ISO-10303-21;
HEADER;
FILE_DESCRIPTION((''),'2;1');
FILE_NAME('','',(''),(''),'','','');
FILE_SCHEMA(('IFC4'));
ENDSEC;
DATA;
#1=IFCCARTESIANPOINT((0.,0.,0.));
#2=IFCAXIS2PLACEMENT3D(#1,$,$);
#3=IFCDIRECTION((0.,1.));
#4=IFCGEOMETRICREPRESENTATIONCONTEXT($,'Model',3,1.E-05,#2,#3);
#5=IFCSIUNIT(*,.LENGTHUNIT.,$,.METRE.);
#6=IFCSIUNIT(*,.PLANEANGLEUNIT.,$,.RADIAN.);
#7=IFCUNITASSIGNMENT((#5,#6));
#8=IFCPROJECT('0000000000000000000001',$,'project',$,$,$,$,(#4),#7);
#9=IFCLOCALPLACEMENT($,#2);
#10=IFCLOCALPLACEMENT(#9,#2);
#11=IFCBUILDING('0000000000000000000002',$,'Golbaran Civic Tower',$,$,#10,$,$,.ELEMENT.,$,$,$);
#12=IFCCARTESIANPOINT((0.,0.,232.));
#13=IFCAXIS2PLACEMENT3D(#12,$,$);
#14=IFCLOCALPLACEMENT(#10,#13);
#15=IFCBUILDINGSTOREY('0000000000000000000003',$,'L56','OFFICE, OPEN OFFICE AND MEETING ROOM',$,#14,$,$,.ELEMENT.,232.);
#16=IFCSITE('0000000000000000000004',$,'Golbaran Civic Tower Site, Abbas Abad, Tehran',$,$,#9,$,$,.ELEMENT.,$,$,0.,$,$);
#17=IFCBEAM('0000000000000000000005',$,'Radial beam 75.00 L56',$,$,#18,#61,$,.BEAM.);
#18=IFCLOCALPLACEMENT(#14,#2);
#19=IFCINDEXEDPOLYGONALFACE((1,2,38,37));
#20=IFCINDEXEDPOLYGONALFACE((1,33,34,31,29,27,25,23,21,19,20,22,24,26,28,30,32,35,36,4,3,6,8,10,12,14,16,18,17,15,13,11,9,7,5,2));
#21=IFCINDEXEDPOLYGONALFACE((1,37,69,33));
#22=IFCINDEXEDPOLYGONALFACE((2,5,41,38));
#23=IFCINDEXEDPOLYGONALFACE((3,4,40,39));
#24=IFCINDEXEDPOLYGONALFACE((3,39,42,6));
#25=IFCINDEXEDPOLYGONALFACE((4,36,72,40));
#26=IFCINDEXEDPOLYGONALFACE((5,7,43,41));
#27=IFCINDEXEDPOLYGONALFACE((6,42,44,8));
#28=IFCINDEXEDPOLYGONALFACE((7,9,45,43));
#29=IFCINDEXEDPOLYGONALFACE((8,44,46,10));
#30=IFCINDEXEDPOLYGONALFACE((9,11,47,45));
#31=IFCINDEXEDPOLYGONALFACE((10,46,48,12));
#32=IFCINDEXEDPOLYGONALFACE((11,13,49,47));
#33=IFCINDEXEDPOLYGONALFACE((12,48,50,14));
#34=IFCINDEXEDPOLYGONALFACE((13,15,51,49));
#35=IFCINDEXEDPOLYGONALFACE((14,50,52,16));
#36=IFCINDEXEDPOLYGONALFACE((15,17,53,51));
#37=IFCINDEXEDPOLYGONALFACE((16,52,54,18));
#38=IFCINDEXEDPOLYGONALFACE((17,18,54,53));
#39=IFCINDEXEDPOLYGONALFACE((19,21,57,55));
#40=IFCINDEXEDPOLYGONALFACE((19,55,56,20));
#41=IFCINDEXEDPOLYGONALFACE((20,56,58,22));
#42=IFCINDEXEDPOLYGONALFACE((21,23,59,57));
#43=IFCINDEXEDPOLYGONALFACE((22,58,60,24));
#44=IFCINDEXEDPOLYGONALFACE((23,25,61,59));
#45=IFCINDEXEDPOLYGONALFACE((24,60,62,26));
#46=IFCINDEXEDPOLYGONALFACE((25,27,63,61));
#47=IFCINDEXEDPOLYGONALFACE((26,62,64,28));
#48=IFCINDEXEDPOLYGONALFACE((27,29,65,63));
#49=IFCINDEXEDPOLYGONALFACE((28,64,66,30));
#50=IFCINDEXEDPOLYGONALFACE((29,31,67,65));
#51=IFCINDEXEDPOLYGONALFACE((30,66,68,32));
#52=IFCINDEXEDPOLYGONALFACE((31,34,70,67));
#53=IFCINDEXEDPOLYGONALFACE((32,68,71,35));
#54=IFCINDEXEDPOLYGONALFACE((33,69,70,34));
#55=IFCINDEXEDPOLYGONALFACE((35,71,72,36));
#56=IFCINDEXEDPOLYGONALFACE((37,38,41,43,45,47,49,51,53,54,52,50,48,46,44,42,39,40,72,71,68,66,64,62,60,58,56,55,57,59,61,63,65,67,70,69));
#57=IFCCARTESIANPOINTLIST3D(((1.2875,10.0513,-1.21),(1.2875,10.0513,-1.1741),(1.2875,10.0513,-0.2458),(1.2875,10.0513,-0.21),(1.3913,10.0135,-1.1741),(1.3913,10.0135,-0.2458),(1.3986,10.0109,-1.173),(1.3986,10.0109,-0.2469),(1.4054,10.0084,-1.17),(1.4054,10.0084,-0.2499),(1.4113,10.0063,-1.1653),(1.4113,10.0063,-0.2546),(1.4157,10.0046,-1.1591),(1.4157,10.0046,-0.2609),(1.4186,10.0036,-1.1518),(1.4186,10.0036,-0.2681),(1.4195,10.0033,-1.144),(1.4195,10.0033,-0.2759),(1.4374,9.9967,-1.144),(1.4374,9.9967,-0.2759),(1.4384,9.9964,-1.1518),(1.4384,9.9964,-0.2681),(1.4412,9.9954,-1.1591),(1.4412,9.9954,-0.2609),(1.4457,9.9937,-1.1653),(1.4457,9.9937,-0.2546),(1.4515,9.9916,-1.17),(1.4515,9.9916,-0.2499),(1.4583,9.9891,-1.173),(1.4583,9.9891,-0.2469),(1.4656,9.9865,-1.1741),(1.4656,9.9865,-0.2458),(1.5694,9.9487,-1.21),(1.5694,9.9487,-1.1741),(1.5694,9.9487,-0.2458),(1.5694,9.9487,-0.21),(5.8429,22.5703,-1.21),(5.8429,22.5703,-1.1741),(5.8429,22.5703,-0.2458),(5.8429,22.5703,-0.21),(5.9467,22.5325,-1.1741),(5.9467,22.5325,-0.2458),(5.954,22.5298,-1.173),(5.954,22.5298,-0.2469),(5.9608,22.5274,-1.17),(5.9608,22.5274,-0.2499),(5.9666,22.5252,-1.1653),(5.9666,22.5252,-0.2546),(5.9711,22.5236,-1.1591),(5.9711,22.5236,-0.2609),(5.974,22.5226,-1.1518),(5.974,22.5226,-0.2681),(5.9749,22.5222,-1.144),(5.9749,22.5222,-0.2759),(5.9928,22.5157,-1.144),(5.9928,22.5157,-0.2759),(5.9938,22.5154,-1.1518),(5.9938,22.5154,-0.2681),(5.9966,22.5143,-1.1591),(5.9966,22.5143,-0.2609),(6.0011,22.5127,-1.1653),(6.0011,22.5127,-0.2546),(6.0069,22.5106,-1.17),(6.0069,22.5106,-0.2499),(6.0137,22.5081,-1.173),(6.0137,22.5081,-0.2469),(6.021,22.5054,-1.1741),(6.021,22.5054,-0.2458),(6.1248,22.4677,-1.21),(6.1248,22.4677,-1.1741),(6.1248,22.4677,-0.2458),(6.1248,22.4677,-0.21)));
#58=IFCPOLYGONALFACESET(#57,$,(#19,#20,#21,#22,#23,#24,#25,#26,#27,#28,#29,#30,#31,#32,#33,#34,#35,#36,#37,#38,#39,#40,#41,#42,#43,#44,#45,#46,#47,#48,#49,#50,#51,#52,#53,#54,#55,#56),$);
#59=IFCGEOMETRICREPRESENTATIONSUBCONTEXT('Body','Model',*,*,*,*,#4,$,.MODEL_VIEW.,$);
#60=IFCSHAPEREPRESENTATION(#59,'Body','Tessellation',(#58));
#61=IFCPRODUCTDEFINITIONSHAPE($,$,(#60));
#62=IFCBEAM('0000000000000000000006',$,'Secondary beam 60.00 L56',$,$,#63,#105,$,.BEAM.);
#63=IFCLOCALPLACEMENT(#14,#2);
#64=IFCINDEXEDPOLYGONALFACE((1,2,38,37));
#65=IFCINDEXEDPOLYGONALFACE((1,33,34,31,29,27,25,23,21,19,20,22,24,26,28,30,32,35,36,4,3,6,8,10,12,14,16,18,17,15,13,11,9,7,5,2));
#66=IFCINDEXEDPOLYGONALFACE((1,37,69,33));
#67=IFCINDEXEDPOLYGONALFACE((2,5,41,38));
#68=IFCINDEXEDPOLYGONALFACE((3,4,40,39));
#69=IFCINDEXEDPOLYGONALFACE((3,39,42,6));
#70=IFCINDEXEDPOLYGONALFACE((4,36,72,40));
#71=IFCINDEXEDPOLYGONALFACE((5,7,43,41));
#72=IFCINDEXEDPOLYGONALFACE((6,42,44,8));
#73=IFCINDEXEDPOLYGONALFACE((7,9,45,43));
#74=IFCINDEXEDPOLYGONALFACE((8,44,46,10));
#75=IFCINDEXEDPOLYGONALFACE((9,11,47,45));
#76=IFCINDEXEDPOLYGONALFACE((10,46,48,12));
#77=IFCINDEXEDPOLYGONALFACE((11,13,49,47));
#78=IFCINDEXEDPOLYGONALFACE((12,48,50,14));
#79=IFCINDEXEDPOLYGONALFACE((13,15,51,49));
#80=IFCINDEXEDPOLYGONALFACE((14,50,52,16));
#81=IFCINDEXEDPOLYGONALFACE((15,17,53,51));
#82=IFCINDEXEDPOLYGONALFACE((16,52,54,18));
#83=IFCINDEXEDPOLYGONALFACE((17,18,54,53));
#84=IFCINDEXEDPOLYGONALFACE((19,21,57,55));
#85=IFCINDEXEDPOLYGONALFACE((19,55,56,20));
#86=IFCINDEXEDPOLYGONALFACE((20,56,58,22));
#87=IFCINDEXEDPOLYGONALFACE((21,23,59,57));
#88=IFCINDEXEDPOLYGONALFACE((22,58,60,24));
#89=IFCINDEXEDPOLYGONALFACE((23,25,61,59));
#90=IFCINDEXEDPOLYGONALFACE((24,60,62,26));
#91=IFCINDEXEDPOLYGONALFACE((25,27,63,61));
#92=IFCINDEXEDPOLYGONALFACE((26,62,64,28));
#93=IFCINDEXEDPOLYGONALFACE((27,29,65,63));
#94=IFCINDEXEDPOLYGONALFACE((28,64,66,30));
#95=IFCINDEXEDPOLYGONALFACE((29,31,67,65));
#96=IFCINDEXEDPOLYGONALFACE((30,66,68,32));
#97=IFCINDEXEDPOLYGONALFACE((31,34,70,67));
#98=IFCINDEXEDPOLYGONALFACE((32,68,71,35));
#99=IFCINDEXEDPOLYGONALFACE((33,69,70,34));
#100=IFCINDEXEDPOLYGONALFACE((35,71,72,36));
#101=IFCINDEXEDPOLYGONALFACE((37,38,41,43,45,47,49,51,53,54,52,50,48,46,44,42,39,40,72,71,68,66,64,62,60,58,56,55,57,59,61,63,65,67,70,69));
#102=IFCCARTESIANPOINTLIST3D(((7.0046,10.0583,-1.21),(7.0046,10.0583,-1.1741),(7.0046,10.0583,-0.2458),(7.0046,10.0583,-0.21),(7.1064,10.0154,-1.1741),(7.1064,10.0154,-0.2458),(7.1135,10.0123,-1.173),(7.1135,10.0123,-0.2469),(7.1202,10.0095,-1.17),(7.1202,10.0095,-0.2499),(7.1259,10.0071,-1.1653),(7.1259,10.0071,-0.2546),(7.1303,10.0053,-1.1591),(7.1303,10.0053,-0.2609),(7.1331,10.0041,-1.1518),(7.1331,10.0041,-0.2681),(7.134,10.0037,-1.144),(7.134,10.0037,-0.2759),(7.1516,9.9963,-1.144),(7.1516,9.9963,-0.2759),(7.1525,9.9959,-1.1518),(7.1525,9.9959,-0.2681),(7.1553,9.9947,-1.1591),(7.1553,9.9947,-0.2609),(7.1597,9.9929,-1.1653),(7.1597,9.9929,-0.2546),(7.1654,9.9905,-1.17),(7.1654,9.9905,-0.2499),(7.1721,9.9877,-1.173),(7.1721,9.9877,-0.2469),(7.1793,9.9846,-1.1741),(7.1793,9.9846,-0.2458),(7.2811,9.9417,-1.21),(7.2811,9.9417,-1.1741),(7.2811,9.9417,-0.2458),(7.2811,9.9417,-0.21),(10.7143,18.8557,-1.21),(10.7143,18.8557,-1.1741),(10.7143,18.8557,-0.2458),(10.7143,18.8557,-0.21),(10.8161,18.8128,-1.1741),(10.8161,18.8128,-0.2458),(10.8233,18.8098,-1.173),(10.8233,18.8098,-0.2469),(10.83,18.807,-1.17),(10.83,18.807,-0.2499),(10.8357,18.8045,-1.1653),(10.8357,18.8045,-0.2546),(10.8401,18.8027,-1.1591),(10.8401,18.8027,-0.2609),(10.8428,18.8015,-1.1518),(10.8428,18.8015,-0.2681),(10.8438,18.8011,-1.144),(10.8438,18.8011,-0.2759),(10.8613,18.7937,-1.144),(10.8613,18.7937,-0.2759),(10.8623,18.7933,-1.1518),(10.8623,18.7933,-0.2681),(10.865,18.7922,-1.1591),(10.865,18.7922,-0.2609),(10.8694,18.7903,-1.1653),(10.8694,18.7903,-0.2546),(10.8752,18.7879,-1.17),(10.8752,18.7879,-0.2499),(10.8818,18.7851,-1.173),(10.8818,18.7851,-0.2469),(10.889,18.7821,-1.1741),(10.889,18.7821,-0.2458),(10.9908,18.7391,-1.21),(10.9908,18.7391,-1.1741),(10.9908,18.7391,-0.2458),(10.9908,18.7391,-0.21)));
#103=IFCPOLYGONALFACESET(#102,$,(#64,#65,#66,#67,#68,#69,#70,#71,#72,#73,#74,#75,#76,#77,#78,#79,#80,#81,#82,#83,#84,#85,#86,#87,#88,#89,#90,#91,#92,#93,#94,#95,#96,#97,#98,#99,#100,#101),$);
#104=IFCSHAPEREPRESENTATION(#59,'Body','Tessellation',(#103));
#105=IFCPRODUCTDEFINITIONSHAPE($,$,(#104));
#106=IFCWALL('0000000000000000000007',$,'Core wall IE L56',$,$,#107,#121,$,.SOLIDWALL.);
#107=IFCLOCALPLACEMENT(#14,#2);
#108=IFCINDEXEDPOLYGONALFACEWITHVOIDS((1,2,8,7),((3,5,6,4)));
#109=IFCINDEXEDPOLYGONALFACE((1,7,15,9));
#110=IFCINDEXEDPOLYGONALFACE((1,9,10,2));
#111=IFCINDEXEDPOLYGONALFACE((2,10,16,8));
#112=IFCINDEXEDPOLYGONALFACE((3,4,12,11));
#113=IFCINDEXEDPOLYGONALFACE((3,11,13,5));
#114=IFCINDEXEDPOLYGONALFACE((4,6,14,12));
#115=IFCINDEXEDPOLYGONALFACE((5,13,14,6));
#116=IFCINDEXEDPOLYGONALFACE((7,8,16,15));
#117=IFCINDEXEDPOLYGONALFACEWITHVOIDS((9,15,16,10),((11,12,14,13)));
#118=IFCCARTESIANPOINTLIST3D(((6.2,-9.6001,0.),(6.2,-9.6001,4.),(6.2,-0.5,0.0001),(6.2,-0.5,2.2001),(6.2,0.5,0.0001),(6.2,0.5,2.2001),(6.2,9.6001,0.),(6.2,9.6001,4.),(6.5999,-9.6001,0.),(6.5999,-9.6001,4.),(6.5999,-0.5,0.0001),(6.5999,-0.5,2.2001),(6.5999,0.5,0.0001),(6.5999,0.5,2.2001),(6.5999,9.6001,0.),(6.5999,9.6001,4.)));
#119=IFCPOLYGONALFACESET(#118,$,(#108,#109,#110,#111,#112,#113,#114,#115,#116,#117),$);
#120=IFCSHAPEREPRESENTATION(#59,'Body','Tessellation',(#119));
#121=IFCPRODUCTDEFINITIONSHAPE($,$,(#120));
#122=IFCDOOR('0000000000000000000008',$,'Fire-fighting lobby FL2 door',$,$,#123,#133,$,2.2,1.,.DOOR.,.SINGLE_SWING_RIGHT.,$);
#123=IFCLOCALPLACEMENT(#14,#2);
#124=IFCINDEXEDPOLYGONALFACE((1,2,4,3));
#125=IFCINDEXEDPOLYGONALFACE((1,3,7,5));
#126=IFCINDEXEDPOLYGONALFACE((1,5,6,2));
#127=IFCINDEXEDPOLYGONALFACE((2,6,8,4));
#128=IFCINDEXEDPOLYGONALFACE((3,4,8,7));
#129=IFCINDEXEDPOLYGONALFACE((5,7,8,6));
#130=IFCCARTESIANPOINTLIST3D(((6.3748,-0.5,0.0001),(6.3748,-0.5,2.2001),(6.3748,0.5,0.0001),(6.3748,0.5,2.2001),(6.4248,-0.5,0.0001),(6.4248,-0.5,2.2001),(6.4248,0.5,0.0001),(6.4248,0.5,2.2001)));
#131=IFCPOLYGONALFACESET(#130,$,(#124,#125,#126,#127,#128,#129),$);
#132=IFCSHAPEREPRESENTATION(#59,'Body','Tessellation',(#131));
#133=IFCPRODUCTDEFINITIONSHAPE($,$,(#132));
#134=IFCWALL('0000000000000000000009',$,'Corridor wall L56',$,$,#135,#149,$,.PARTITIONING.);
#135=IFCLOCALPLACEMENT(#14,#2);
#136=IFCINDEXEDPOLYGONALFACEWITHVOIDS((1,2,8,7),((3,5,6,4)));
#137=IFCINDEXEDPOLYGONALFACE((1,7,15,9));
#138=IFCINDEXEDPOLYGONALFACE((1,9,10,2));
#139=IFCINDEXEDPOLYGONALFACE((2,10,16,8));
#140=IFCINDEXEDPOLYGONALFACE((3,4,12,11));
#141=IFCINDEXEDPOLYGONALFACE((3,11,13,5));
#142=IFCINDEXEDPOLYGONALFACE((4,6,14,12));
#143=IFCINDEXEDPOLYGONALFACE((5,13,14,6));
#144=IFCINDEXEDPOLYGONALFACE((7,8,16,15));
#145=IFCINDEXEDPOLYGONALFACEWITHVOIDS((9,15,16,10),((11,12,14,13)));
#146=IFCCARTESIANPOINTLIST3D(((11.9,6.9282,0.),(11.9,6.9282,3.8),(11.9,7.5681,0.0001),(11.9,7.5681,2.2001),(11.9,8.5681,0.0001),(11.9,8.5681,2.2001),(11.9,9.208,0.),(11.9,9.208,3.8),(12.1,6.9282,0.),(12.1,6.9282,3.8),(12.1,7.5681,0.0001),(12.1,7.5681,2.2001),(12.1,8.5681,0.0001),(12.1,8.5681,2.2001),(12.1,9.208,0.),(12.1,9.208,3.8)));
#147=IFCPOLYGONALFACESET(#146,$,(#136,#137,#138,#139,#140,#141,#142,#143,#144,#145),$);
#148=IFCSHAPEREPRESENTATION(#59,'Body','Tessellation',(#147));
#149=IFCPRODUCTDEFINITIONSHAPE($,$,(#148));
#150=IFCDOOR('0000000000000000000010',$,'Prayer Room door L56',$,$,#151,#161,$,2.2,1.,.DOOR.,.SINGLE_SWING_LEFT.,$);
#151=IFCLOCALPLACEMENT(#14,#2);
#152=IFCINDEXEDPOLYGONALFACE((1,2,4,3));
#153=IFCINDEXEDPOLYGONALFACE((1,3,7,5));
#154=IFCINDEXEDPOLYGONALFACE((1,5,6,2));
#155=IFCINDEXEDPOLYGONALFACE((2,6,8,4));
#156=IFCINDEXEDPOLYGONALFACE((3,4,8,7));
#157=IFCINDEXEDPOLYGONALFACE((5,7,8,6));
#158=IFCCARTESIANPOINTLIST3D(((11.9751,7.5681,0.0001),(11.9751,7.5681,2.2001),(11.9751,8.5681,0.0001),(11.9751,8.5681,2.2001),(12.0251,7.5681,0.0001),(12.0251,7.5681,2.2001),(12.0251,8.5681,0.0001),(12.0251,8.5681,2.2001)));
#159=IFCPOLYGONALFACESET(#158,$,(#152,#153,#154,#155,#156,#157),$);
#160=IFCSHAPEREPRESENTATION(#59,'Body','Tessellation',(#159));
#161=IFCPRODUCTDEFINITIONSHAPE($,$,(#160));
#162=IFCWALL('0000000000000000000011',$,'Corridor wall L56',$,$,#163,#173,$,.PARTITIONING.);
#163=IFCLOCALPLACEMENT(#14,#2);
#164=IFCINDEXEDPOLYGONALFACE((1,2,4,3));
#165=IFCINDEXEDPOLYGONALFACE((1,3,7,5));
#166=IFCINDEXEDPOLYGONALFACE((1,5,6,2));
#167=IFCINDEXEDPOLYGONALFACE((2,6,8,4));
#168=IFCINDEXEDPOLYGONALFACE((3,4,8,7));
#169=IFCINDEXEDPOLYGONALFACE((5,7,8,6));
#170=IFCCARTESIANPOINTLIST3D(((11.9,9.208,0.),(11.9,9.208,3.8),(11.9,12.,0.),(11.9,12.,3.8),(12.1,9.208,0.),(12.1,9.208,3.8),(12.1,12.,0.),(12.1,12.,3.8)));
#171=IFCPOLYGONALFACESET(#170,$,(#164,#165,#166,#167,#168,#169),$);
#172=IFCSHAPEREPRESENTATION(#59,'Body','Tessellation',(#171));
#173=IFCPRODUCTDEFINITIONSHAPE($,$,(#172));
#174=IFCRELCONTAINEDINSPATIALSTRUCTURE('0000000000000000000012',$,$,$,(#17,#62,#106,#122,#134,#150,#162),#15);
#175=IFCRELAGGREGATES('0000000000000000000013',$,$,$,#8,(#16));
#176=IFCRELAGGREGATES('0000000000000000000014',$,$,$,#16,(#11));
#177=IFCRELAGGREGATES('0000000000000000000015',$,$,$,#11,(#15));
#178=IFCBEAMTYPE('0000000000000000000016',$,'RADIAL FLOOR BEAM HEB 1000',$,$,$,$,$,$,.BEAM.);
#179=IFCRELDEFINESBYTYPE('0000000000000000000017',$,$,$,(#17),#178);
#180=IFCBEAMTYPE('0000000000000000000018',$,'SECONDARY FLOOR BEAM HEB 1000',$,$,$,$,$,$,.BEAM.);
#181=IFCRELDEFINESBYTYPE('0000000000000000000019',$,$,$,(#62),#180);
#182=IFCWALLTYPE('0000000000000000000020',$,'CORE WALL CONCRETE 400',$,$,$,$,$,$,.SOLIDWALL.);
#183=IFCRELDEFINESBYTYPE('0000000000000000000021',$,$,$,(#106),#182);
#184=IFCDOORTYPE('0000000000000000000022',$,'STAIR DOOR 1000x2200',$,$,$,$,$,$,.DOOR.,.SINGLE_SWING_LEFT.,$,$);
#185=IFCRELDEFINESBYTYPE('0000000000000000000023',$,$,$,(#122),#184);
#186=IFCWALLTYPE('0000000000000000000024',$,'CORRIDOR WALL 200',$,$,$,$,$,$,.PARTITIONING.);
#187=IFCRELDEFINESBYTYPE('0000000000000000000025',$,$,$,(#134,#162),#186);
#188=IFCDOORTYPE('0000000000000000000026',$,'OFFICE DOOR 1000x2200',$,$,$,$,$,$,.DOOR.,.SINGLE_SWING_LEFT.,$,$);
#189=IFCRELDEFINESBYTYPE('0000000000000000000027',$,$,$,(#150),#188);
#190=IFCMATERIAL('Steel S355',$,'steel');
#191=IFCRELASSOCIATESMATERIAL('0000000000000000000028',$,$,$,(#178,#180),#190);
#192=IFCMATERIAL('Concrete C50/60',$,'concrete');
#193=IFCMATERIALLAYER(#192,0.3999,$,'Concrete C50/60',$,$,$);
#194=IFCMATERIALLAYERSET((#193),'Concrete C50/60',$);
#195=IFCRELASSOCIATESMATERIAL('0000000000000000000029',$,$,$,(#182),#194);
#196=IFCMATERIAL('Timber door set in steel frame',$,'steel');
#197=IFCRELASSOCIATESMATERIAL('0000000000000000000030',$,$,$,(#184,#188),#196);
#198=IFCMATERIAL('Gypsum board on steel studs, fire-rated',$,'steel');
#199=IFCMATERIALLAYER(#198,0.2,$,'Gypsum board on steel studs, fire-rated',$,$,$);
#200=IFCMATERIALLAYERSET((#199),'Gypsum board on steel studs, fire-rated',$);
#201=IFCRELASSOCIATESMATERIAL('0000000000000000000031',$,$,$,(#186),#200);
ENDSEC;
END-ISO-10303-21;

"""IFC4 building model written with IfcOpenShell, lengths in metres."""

from ifc_helpers import new_model, si_unit, direction, frame, frame_2d, origin, origin_2d, place, context, subcontext, project, spatial, rectangle, i_section, extrude, material, layer, layer_set, material_profile, profile_set, type_object, element, fill, save


model = new_model("IFC4")

# Units and contexts
model_context = context("Model", 3, precision=1e-05, world=origin(), true_north=direction((0.0, 1.0)))
body_context = subcontext(model_context, "Body", "Model", "MODEL_VIEW")
ifc_project = project(units=[si_unit("LENGTHUNIT", "METRE"), si_unit("PLANEANGLEUNIT", "RADIAN")], contexts=[model_context])

# Site, building, storey
site_placement = place(None, origin())
site = spatial("IfcSite", under=ifc_project, at=site_placement, Name="Golbaran Civic Tower Site, Abbas Abad, Tehran", CompositionType="ELEMENT", RefElevation=0.0)
building_placement = place(site_placement, origin())
building = spatial("IfcBuilding", under=site, at=building_placement, Name="Golbaran Civic Tower", CompositionType="ELEMENT")
storey_placement = place(building_placement, frame((0.0, 0.0, 232.0)))
storey = spatial("IfcBuildingStorey", under=building, at=storey_placement, Name="L56", Description="OFFICE, OPEN OFFICE AND MEETING ROOM", CompositionType="ELEMENT", Elevation=232.0)

# Beams
ifc_material_1 = material(Name="Steel S355", Category="steel")
ifc_material_profile_1 = material_profile(ifc_material_1, i_section(OverallWidth=0.3, OverallDepth=1.0, WebThickness=0.019, FlangeThickness=0.0359, FilletRadius=0.03, at=origin_2d()), Name="HEB 1000")
ifc_profile_set_1 = profile_set([ifc_material_profile_1], Name="Steel S355")
beam_type_1 = type_object("IfcBeamType", Name="RADIAL FLOOR BEAM HEB 1000", PredefinedType="BEAM", material=ifc_profile_set_1)
beam_1_placement = place(storey_placement, frame((1.4285, 10.0, -0.71), z_axis=(0.341945, 0.93972, 0.0), x_axis=(-0.93972, 0.341945, 0.0)))
element("IfcBeam", 1, at=beam_1_placement, inside=storey, type_object=beam_type_1, Name="Radial beam 75.00 L56", PredefinedType="BEAM", context=body_context, shape_type="SweptSolid", body=[
    extrude(i_section(OverallWidth=0.3, OverallDepth=1.0, WebThickness=0.019, FlangeThickness=0.0359, FilletRadius=0.03, at=origin_2d()), origin(), (0.0, 0.0, 1.0), 13.322),
])
ifc_material_profile_2 = material_profile(ifc_material_1, i_section(OverallWidth=0.3, OverallDepth=1.0, WebThickness=0.019, FlangeThickness=0.0359, FilletRadius=0.03, at=origin_2d()), Name="HEB 1000")
ifc_profile_set_2 = profile_set([ifc_material_profile_2], Name="Steel S355")
beam_type_2 = type_object("IfcBeamType", Name="SECONDARY FLOOR BEAM HEB 1000", PredefinedType="BEAM", material=ifc_profile_set_2)
beam_2_placement = place(storey_placement, frame((7.1428, 10.0, -0.71), z_axis=(0.388552, 0.921427, 0.0), x_axis=(-0.921427, 0.388552, 0.0)))
element("IfcBeam", 2, at=beam_2_placement, inside=storey, type_object=beam_type_2, Name="Secondary beam 60.00 L56", PredefinedType="BEAM", context=body_context, shape_type="SweptSolid", body=[
    extrude(i_section(OverallWidth=0.3, OverallDepth=1.0, WebThickness=0.019, FlangeThickness=0.0359, FilletRadius=0.03, at=origin_2d()), origin(), (0.0, 0.0, 1.0), 9.5476),
])

# Walls, openings, doors
ifc_material_2 = material(Name="Concrete C50/60", Category="concrete")
ifc_layer_1 = layer(ifc_material_2, 0.3999, Name="Concrete C50/60")
ifc_layer_set_1 = layer_set([ifc_layer_1], Name="Concrete C50/60")
wall_type_1 = type_object("IfcWallType", Name="CORE WALL CONCRETE 400", PredefinedType="SOLIDWALL", material=ifc_layer_set_1)
wall_1_placement = place(storey_placement, frame((6.3999, 9.6001, 0.0), z_axis=(0.0, 0.0, 1.0), x_axis=(0.0, -1.0, 0.0)))
wall_1 = element("IfcWall", 3, at=wall_1_placement, inside=storey, type_object=wall_type_1, Name="Core wall IE L56", PredefinedType="SOLIDWALL", context=body_context, shape_type="SweptSolid", body=[
    extrude(rectangle(XDim=19.2002, YDim=0.3999, at=frame_2d((9.6001, 0.0))), origin(), (0.0, 0.0, 1.0), 4.0),
])
opening_1_placement = place(wall_1_placement, frame((9.1001, 0.0, 0.0)))
opening_1 = element("IfcOpeningElement", 4, at=opening_1_placement, cuts=wall_1, PredefinedType="OPENING", context=body_context, shape_type="SweptSolid", body=[
    extrude(rectangle(XDim=1.0, YDim=2.2, at=frame_2d((0.5, 1.1001))), frame((0.0, 0.21, 0.0), z_axis=(0.0, -1.0, 0.0), x_axis=(1.0, 0.0, 0.0)), (0.0, 0.0, 1.0), 0.4199),
])
ifc_material_3 = material(Name="Timber door set in steel frame", Category="steel")
door_type_1 = type_object("IfcDoorType", Name="STAIR DOOR 1000x2200", OperationType="SINGLE_SWING_LEFT", PredefinedType="DOOR", material=ifc_material_3)
door_1_placement = place(opening_1_placement, origin())
door_1 = element("IfcDoor", 5, at=door_1_placement, inside=storey, type_object=door_type_1, Name="Fire-fighting lobby FL2 door", OperationType="SINGLE_SWING_RIGHT", OverallHeight=2.2, OverallWidth=1.0, PredefinedType="DOOR", context=body_context, shape_type="SweptSolid", body=[
    extrude(rectangle(XDim=1.0, YDim=2.2, at=frame_2d((0.5, 1.1001))), frame((0.0, 0.0249, 0.0), z_axis=(0.0, -1.0, 0.0), x_axis=(1.0, 0.0, 0.0)), (0.0, 0.0, 1.0), 0.05),
])
fill(opening_1, door_1)
ifc_material_4 = material(Name="Gypsum board on steel studs, fire-rated", Category="steel")
ifc_layer_2 = layer(ifc_material_4, 0.2, Name="Gypsum board on steel studs, fire-rated")
ifc_layer_set_2 = layer_set([ifc_layer_2], Name="Gypsum board on steel studs, fire-rated")
wall_type_2 = type_object("IfcWallType", Name="CORRIDOR WALL 200", PredefinedType="PARTITIONING", material=ifc_layer_set_2)
wall_2_placement = place(storey_placement, frame((12.0, 6.9282, 0.0), z_axis=(0.0, 0.0, 1.0), x_axis=(0.0, 1.0, 0.0)))
wall_2 = element("IfcWall", 6, at=wall_2_placement, inside=storey, type_object=wall_type_2, Name="Corridor wall L56", PredefinedType="PARTITIONING", context=body_context, shape_type="SweptSolid", body=[
    extrude(rectangle(XDim=2.2798, YDim=0.2, at=frame_2d((1.1399, 0.0))), origin(), (0.0, 0.0, 1.0), 3.8),
])
opening_2_placement = place(wall_2_placement, frame((0.6399, 0.0, 0.0)))
opening_2 = element("IfcOpeningElement", 7, at=opening_2_placement, cuts=wall_2, PredefinedType="OPENING", context=body_context, shape_type="SweptSolid", body=[
    extrude(rectangle(XDim=1.0, YDim=2.2, at=frame_2d((0.5, 1.1001))), frame((0.0, 0.1099, 0.0), z_axis=(0.0, -1.0, 0.0), x_axis=(1.0, 0.0, 0.0)), (0.0, 0.0, 1.0), 0.22),
])
door_type_2 = type_object("IfcDoorType", Name="OFFICE DOOR 1000x2200", OperationType="SINGLE_SWING_LEFT", PredefinedType="DOOR", material=ifc_material_3)
door_2_placement = place(opening_2_placement, origin())
door_2 = element("IfcDoor", 8, at=door_2_placement, inside=storey, type_object=door_type_2, Name="Prayer Room door L56", OperationType="SINGLE_SWING_LEFT", OverallHeight=2.2, OverallWidth=1.0, PredefinedType="DOOR", context=body_context, shape_type="SweptSolid", body=[
    extrude(rectangle(XDim=1.0, YDim=2.2, at=frame_2d((0.5, 1.1001))), frame((0.0, 0.0249, 0.0), z_axis=(0.0, -1.0, 0.0), x_axis=(1.0, 0.0, 0.0)), (0.0, 0.0, 1.0), 0.05),
])
fill(opening_2, door_2)

# Wall
wall_3_placement = place(storey_placement, frame((12.0, 9.208, 0.0), z_axis=(0.0, 0.0, 1.0), x_axis=(0.0, 1.0, 0.0)))
element("IfcWall", 9, at=wall_3_placement, inside=storey, type_object=wall_type_2, Name="Corridor wall L56", PredefinedType="PARTITIONING", context=body_context, shape_type="SweptSolid", body=[
    extrude(rectangle(XDim=2.792, YDim=0.2, at=frame_2d((1.396, 0.0))), origin(), (0.0, 0.0, 1.0), 3.8),
])

save(model, "model.ifc")
